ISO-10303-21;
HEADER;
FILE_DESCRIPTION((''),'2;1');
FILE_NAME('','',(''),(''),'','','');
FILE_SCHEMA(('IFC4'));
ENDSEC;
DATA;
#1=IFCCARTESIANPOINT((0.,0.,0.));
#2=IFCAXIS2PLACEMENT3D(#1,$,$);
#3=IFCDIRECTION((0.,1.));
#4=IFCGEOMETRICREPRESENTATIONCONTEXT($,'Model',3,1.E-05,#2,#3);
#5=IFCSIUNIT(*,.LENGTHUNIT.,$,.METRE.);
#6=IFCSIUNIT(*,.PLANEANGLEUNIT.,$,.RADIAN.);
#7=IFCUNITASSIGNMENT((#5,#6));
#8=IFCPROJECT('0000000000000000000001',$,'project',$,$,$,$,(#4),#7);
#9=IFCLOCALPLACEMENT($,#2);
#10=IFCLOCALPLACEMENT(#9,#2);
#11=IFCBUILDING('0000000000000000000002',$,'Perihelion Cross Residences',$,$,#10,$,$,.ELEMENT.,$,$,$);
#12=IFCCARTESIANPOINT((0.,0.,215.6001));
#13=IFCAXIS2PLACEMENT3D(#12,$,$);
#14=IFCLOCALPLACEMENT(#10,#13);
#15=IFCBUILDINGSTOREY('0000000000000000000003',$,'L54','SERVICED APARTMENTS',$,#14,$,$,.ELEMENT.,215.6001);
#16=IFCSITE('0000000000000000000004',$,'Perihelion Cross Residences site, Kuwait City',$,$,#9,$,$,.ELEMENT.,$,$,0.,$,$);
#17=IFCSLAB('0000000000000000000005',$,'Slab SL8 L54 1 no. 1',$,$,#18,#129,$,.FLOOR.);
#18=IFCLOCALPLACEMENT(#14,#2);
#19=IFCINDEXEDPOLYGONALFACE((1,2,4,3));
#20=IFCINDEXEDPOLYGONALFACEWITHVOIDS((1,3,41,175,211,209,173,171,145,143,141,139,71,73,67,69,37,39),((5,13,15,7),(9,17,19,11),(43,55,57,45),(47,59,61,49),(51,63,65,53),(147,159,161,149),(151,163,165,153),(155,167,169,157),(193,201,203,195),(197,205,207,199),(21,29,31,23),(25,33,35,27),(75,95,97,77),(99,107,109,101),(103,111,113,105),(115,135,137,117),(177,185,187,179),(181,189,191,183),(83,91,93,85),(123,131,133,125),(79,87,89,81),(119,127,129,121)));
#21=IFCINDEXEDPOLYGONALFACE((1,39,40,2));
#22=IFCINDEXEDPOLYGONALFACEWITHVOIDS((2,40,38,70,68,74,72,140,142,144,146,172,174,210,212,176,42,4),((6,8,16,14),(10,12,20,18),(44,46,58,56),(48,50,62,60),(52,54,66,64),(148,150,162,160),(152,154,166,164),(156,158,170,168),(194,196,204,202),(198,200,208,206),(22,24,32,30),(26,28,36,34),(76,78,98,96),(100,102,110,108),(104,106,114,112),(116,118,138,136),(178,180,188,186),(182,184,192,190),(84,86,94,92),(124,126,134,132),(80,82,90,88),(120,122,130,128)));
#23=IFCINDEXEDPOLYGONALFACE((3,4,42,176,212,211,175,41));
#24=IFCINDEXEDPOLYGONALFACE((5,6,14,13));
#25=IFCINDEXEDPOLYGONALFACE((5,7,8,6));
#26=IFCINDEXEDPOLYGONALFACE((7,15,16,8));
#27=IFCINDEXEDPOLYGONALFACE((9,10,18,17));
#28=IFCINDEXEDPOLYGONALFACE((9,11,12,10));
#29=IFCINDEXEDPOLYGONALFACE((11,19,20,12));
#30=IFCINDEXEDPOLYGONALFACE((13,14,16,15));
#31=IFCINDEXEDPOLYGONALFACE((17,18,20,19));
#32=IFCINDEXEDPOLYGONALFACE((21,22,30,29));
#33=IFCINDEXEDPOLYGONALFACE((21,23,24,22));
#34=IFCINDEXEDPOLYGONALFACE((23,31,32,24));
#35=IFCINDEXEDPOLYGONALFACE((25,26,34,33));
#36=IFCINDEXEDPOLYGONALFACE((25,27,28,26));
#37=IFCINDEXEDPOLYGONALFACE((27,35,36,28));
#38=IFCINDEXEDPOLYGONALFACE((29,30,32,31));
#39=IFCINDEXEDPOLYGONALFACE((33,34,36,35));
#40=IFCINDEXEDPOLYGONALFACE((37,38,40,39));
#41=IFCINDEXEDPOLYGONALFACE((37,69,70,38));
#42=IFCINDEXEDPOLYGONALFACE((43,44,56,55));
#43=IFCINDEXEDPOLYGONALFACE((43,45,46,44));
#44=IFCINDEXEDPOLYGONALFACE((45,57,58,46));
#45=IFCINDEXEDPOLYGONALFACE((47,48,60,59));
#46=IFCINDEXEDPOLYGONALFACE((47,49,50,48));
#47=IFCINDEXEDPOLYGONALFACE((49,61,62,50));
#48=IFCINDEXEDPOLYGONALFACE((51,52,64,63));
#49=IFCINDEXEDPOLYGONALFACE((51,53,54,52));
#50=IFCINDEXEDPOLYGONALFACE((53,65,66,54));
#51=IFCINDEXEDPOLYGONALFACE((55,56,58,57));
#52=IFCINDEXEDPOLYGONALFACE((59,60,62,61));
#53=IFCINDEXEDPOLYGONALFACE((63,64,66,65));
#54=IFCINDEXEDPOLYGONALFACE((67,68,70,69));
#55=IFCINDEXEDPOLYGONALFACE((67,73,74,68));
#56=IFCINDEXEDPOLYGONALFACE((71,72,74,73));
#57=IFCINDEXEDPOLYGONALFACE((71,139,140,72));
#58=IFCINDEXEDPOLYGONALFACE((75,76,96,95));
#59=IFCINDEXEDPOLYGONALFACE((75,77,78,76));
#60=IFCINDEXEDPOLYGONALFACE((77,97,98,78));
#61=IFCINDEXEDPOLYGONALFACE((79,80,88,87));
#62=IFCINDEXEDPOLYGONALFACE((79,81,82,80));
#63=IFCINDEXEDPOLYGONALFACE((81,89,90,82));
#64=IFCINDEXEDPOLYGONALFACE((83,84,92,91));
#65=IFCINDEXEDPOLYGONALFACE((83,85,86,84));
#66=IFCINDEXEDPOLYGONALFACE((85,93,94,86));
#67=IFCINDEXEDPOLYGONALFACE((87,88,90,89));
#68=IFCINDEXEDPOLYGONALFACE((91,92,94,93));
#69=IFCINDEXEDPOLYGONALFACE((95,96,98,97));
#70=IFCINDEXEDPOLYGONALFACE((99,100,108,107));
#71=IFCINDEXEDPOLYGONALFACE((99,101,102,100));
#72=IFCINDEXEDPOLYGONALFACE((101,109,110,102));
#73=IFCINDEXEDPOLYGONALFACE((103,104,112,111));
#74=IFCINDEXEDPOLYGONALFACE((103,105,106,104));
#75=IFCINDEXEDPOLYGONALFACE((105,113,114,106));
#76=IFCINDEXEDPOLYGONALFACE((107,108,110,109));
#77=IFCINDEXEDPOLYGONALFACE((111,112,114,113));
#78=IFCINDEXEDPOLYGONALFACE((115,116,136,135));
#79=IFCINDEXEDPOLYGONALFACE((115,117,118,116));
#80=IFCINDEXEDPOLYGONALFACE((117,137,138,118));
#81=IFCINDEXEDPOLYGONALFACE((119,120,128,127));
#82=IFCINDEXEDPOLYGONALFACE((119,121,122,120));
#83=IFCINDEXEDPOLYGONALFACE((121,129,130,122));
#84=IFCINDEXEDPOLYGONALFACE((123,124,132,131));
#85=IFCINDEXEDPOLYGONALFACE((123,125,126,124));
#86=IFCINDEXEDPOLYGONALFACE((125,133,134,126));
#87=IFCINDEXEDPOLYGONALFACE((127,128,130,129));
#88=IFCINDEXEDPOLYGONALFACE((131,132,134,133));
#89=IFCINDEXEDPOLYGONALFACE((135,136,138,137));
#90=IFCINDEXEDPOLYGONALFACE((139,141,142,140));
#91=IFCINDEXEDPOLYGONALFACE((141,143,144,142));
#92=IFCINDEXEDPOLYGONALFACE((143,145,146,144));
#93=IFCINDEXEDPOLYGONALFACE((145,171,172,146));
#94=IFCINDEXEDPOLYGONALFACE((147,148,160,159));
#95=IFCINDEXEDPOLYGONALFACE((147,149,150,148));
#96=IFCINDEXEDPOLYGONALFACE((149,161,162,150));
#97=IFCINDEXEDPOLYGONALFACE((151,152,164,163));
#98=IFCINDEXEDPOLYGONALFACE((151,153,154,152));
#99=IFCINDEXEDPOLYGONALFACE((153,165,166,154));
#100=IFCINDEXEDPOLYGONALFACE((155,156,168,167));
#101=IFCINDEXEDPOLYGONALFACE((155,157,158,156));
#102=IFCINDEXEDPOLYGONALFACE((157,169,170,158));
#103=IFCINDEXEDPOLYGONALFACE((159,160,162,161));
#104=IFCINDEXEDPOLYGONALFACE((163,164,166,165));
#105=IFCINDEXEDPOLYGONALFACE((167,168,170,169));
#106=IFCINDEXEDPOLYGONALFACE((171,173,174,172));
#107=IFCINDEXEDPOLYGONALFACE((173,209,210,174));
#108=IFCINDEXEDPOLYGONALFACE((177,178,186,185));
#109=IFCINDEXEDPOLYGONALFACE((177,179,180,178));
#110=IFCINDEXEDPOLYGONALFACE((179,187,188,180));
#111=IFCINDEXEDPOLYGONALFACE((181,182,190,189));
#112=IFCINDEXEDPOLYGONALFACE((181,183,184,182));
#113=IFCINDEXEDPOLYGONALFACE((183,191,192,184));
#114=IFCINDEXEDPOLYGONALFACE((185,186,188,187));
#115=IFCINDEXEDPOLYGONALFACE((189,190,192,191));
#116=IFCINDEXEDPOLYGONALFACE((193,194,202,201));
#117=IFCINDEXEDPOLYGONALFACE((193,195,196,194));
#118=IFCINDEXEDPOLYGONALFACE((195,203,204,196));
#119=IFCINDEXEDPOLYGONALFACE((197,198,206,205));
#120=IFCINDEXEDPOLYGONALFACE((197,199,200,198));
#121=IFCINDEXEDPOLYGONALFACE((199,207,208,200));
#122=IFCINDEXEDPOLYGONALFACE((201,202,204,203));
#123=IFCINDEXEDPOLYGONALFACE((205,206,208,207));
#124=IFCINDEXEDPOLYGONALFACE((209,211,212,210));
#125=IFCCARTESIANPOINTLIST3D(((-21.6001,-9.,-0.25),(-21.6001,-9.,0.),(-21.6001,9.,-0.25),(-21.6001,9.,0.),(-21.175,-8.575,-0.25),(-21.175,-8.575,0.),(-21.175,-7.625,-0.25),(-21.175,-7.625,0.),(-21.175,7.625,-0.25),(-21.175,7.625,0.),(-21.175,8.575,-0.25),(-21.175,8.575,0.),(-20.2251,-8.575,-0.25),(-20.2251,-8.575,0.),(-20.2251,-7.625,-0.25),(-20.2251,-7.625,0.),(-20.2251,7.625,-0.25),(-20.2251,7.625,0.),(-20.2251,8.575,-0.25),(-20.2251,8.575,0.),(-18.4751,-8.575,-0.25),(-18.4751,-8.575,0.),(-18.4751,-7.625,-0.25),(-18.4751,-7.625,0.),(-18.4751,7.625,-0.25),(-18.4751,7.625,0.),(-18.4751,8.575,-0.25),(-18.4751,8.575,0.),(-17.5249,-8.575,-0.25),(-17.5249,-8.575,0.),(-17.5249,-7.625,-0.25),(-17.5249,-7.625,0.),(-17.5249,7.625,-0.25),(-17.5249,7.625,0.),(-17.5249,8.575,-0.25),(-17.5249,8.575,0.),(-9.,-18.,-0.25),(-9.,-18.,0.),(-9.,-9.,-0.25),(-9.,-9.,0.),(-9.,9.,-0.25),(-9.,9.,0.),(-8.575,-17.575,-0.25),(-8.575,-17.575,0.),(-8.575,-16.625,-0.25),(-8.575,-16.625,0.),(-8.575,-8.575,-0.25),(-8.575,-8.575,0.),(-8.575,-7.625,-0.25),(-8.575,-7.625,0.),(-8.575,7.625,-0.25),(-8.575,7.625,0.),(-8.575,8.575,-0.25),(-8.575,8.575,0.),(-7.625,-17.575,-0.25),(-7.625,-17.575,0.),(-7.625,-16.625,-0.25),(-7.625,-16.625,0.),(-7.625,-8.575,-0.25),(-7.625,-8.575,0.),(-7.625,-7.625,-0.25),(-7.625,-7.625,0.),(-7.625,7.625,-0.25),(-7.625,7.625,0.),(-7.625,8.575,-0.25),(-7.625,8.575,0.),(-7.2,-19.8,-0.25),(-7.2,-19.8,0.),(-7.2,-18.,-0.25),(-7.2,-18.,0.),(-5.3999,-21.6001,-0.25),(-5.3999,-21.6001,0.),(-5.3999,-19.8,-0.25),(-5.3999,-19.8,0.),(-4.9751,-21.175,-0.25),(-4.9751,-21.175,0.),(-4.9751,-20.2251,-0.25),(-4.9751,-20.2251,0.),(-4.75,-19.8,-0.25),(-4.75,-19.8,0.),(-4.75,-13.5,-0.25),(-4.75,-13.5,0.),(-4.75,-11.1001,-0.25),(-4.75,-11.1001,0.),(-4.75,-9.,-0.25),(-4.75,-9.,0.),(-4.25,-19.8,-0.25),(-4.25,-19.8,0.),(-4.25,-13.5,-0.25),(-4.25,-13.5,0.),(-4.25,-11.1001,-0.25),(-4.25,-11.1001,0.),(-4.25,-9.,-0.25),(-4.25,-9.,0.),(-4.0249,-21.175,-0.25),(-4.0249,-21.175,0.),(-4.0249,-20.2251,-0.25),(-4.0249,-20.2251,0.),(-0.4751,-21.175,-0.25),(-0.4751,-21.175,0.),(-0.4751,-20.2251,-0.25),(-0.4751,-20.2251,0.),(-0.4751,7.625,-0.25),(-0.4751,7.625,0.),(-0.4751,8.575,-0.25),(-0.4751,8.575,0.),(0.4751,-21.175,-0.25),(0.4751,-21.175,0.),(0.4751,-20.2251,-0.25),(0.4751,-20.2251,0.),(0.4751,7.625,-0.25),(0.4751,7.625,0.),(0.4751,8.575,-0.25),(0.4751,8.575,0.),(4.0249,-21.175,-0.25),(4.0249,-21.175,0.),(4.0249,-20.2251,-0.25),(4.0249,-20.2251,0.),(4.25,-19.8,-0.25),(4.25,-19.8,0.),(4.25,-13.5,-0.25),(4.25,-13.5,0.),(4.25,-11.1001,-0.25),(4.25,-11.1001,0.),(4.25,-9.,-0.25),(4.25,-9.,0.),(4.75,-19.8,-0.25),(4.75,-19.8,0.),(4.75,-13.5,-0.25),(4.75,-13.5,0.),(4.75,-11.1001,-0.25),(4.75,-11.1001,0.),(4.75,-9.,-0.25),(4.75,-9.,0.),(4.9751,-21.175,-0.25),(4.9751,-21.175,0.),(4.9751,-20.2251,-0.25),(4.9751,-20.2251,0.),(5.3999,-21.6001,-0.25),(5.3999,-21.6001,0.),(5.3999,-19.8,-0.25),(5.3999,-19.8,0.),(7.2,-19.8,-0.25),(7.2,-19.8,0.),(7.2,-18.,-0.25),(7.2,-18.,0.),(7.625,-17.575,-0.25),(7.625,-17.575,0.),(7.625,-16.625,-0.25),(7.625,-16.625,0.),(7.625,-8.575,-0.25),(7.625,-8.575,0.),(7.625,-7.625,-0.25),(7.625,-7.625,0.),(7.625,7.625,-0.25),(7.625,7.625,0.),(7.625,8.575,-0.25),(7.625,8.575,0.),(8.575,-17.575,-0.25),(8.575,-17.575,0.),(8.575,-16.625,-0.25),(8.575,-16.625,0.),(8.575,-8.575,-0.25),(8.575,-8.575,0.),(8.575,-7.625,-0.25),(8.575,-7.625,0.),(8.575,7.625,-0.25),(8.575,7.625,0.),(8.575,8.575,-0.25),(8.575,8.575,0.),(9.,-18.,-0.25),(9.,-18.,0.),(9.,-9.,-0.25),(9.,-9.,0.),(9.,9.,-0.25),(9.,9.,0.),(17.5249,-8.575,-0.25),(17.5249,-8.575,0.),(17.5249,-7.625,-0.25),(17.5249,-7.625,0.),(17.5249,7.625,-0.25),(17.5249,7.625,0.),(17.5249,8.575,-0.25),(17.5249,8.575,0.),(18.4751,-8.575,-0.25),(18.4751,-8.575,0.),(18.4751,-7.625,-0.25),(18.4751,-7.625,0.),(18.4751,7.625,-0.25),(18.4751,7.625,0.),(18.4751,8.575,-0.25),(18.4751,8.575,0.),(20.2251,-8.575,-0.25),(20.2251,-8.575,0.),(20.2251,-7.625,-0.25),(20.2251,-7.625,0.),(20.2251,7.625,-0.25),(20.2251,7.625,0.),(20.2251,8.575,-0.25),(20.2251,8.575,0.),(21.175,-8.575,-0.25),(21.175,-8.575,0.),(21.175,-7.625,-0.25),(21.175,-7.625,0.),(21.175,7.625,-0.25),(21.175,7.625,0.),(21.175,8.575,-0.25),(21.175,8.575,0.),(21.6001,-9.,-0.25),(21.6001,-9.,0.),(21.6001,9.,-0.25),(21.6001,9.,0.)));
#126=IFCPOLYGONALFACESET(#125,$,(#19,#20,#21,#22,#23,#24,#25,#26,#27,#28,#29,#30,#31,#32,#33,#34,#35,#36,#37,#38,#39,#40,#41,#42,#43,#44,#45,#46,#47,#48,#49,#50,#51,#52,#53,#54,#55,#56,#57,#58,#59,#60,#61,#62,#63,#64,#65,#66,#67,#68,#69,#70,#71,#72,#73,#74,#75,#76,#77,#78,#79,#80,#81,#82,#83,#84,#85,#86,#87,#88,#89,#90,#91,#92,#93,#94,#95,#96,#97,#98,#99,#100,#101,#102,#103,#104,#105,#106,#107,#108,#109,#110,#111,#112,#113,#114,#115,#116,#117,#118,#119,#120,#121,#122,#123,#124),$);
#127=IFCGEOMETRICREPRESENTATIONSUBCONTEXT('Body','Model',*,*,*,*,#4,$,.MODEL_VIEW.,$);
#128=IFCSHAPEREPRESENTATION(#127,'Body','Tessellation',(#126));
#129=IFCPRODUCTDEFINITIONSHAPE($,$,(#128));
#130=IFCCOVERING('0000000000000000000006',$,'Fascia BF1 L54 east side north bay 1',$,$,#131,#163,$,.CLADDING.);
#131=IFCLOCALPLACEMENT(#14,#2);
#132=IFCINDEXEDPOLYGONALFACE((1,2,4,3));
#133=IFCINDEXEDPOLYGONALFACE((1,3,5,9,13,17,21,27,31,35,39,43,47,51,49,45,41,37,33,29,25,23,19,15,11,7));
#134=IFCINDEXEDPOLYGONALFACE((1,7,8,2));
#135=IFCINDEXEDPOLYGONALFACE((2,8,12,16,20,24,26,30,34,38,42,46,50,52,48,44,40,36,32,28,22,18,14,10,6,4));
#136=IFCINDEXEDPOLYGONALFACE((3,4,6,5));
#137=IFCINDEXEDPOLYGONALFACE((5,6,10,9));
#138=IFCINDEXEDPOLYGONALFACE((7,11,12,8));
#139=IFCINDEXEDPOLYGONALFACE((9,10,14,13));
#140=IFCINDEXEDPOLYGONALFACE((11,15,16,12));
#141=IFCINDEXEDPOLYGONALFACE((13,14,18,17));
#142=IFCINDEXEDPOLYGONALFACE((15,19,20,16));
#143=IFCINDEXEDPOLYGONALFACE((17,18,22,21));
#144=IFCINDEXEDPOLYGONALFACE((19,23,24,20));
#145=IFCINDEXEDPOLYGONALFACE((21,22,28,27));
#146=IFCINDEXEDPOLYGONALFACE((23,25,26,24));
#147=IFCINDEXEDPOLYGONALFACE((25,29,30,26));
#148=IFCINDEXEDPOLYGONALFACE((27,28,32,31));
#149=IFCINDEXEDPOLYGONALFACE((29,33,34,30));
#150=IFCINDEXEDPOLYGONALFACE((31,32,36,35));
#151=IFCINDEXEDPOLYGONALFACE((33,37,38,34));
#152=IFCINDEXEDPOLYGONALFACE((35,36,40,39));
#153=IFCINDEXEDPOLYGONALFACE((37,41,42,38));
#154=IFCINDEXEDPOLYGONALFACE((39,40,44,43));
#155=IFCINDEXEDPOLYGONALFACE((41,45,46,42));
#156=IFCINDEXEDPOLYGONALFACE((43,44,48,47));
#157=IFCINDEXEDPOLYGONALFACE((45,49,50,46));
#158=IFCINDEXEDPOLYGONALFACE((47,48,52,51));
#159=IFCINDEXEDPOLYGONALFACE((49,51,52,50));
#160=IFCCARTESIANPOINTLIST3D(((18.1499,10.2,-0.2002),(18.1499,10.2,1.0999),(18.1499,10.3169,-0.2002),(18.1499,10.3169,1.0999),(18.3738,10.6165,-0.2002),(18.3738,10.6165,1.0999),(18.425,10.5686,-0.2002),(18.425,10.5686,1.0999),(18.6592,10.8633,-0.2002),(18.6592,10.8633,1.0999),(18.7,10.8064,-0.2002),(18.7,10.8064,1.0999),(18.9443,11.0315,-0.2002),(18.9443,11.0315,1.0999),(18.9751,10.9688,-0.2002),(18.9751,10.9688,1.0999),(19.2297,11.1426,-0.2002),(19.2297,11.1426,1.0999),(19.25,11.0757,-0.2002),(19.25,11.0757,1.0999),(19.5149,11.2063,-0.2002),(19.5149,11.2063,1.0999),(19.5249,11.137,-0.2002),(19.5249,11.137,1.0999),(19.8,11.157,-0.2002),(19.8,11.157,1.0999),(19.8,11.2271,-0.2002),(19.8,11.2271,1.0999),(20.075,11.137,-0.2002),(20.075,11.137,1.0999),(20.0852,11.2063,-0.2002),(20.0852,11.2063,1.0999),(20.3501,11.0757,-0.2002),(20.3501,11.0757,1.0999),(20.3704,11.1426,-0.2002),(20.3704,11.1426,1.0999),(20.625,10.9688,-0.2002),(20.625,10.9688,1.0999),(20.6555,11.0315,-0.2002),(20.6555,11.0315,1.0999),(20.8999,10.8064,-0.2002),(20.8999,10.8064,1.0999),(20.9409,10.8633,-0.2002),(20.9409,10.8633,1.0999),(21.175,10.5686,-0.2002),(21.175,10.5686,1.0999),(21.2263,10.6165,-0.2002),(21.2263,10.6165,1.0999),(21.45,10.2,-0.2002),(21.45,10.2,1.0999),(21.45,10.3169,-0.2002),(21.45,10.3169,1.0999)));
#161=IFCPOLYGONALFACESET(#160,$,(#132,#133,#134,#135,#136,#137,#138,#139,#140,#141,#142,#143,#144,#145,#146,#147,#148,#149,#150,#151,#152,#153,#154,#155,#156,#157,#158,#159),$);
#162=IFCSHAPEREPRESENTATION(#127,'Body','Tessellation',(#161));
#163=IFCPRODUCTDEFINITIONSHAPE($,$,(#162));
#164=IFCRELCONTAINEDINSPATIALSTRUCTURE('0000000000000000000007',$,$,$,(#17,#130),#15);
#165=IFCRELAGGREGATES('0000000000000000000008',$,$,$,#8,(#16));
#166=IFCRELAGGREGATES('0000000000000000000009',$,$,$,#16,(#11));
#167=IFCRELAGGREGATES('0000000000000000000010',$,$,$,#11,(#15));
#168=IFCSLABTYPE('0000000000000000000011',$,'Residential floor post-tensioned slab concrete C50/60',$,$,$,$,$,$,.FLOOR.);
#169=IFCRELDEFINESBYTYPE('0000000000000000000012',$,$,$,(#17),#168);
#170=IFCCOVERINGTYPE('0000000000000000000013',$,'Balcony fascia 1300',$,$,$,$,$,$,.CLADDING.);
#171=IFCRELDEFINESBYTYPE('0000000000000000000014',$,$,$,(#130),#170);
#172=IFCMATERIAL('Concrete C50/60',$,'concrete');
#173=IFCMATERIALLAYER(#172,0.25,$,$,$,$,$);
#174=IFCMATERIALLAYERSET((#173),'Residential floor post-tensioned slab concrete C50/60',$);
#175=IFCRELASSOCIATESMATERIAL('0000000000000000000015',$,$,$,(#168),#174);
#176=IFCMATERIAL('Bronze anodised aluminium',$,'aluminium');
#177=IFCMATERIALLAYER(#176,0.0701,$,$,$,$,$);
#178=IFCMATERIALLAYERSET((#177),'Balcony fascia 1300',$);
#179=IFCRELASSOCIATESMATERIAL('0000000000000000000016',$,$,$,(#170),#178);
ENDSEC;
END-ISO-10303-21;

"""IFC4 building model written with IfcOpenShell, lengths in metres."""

from ifc_helpers import new_model, si_unit, direction, frame, origin, place, context, subcontext, project, spatial, polyline, outline, extrude, material, layer, layer_set, type_object, element, save


model = new_model("IFC4")

# Units and contexts
model_context = context("Model", 3, precision=1e-05, world=origin(), true_north=direction((0.0, 1.0)))
body_context = subcontext(model_context, "Body", "Model", "MODEL_VIEW")
ifc_project = project(units=[si_unit("LENGTHUNIT", "METRE"), si_unit("PLANEANGLEUNIT", "RADIAN")], contexts=[model_context])

# Site, building, storey
site_placement = place(None, origin())
site = spatial("IfcSite", under=ifc_project, at=site_placement, Name="Perihelion Cross Residences site, Kuwait City", CompositionType="ELEMENT", RefElevation=0.0)
building_placement = place(site_placement, origin())
building = spatial("IfcBuilding", under=site, at=building_placement, Name="Perihelion Cross Residences", CompositionType="ELEMENT")
storey_placement = place(building_placement, frame((0.0, 0.0, 215.6001)))
storey = spatial("IfcBuildingStorey", under=building, at=storey_placement, Name="L54", Description="SERVICED APARTMENTS", CompositionType="ELEMENT", Elevation=215.6001)

# Slab
ifc_material_1 = material(Name="Concrete C50/60", Category="concrete")
ifc_layer_1 = layer(ifc_material_1, 0.25)
ifc_layer_set_1 = layer_set([ifc_layer_1], Name="Residential floor post-tensioned slab concrete C50/60")
slab_type_1 = type_object("IfcSlabType", Name="Residential floor post-tensioned slab concrete C50/60", PredefinedType="FLOOR", material=ifc_layer_set_1)
slab_1_placement = place(storey_placement, frame((0.0, 0.0, -0.25)))
element("IfcSlab", 1, at=slab_1_placement, inside=storey, type_object=slab_type_1, Name="Slab SL8 L54 1 no. 1", PredefinedType="FLOOR", context=body_context, shape_type="SweptSolid", body=[
    extrude(outline(polyline([(-9.0, 9.0), (9.0, 9.0), (21.6001, 9.0), (21.6001, -9.0), (9.0, -9.0), (9.0, -18.0), (7.2, -18.0), (7.2, -19.8), (5.3999, -19.8), (5.3999, -21.6001), (-5.3999, -21.6001), (-5.3999, -19.8), (-7.2, -19.8), (-7.2, -18.0), (-9.0, -18.0), (-9.0, -9.0), (-21.6001, -9.0), (-21.6001, 9.0), (-9.0, 9.0)]), holes=[polyline([(-4.0249, -20.2251), (-4.9751, -20.2251), (-4.9751, -21.175), (-4.0249, -21.175), (-4.0249, -20.2251)]), polyline([(0.4751, -21.175), (0.4751, -20.2251), (-0.4751, -20.2251), (-0.4751, -21.175), (0.4751, -21.175)]), polyline([(-7.625, -17.575), (-7.625, -16.625), (-8.575, -16.625), (-8.575, -17.575), (-7.625, -17.575)]), polyline([(-4.25, -13.5), (-4.75, -13.5), (-4.75, -19.8), (-4.25, -19.8), (-4.25, -13.5)]), polyline([(-4.25, -11.1001), (-4.25, -9.0), (-4.75, -9.0), (-4.75, -11.1001), (-4.25, -11.1001)]), polyline([(-20.2251, -8.575), (-20.2251, -7.625), (-21.175, -7.625), (-21.175, -8.575), (-20.2251, -8.575)]), polyline([(-17.5249, -7.625), (-18.4751, -7.625), (-18.4751, -8.575), (-17.5249, -8.575), (-17.5249, -7.625)]), polyline([(-7.625, -8.575), (-7.625, -7.625), (-8.575, -7.625), (-8.575, -8.575), (-7.625, -8.575)]), polyline([(-20.2251, 8.575), (-21.175, 8.575), (-21.175, 7.625), (-20.2251, 7.625), (-20.2251, 8.575)]), polyline([(-17.5249, 7.625), (-17.5249, 8.575), (-18.4751, 8.575), (-18.4751, 7.625), (-17.5249, 7.625)]), polyline([(-7.625, 7.625), (-7.625, 8.575), (-8.575, 8.575), (-8.575, 7.625), (-7.625, 7.625)]), polyline([(4.9751, -20.2251), (4.0249, -20.2251), (4.0249, -21.175), (4.9751, -21.175), (4.9751, -20.2251)]), polyline([(8.575, -17.575), (8.575, -16.625), (7.625, -16.625), (7.625, -17.575), (8.575, -17.575)]), polyline([(4.75, -19.8), (4.75, -13.5), (4.25, -13.5), (4.25, -19.8), (4.75, -19.8)]), polyline([(4.75, -9.0), (4.25, -9.0), (4.25, -11.1001), (4.75, -11.1001), (4.75, -9.0)]), polyline([(8.575, -8.575), (8.575, -7.625), (7.625, -7.625), (7.625, -8.575), (8.575, -8.575)]), polyline([(18.4751, -8.575), (18.4751, -7.625), (17.5249, -7.625), (17.5249, -8.575), (18.4751, -8.575)]), polyline([(21.175, -7.625), (20.2251, -7.625), (20.2251, -8.575), (21.175, -8.575), (21.175, -7.625)]), polyline([(0.4751, 7.625), (0.4751, 8.575), (-0.4751, 8.575), (-0.4751, 7.625), (0.4751, 7.625)]), polyline([(8.575, 8.575), (7.625, 8.575), (7.625, 7.625), (8.575, 7.625), (8.575, 8.575)]), polyline([(18.4751, 7.625), (18.4751, 8.575), (17.5249, 8.575), (17.5249, 7.625), (18.4751, 7.625)]), polyline([(21.175, 7.625), (21.175, 8.575), (20.2251, 8.575), (20.2251, 7.625), (21.175, 7.625)])]), origin(), (0.0, 0.0, 1.0), 0.25),
])

# Covering
ifc_material_2 = material(Name="Bronze anodised aluminium", Category="aluminium")
ifc_layer_2 = layer(ifc_material_2, 0.0701)
ifc_layer_set_2 = layer_set([ifc_layer_2], Name="Balcony fascia 1300")
covering_type = type_object("IfcCoveringType", Name="Balcony fascia 1300", PredefinedType="CLADDING", material=ifc_layer_set_2)
covering_1_placement = place(storey_placement, frame((0.0, 0.0, -0.2002)))
element("IfcCovering", 2, at=covering_1_placement, inside=storey, type_object=covering_type, Name="Fascia BF1 L54 east side north bay 1", PredefinedType="CLADDING", context=body_context, shape_type="SweptSolid", body=[
    extrude(outline(polyline([(21.2263, 10.6165), (20.9409, 10.8633), (20.6555, 11.0315), (20.3704, 11.1426), (20.0852, 11.2063), (19.8, 11.2271), (19.5149, 11.2063), (19.2297, 11.1426), (18.9443, 11.0315), (18.6592, 10.8633), (18.3738, 10.6165), (18.1499, 10.3169), (18.1499, 10.2), (18.425, 10.5686), (18.7, 10.8064), (18.9751, 10.9688), (19.25, 11.0757), (19.5249, 11.137), (19.8, 11.157), (20.075, 11.137), (20.3501, 11.0757), (20.625, 10.9688), (20.8999, 10.8064), (21.175, 10.5686), (21.45, 10.2), (21.45, 10.3169), (21.2263, 10.6165)])), origin(), (0.0, 0.0, 1.0), 1.3),
])

save(model, "model.ifc")
